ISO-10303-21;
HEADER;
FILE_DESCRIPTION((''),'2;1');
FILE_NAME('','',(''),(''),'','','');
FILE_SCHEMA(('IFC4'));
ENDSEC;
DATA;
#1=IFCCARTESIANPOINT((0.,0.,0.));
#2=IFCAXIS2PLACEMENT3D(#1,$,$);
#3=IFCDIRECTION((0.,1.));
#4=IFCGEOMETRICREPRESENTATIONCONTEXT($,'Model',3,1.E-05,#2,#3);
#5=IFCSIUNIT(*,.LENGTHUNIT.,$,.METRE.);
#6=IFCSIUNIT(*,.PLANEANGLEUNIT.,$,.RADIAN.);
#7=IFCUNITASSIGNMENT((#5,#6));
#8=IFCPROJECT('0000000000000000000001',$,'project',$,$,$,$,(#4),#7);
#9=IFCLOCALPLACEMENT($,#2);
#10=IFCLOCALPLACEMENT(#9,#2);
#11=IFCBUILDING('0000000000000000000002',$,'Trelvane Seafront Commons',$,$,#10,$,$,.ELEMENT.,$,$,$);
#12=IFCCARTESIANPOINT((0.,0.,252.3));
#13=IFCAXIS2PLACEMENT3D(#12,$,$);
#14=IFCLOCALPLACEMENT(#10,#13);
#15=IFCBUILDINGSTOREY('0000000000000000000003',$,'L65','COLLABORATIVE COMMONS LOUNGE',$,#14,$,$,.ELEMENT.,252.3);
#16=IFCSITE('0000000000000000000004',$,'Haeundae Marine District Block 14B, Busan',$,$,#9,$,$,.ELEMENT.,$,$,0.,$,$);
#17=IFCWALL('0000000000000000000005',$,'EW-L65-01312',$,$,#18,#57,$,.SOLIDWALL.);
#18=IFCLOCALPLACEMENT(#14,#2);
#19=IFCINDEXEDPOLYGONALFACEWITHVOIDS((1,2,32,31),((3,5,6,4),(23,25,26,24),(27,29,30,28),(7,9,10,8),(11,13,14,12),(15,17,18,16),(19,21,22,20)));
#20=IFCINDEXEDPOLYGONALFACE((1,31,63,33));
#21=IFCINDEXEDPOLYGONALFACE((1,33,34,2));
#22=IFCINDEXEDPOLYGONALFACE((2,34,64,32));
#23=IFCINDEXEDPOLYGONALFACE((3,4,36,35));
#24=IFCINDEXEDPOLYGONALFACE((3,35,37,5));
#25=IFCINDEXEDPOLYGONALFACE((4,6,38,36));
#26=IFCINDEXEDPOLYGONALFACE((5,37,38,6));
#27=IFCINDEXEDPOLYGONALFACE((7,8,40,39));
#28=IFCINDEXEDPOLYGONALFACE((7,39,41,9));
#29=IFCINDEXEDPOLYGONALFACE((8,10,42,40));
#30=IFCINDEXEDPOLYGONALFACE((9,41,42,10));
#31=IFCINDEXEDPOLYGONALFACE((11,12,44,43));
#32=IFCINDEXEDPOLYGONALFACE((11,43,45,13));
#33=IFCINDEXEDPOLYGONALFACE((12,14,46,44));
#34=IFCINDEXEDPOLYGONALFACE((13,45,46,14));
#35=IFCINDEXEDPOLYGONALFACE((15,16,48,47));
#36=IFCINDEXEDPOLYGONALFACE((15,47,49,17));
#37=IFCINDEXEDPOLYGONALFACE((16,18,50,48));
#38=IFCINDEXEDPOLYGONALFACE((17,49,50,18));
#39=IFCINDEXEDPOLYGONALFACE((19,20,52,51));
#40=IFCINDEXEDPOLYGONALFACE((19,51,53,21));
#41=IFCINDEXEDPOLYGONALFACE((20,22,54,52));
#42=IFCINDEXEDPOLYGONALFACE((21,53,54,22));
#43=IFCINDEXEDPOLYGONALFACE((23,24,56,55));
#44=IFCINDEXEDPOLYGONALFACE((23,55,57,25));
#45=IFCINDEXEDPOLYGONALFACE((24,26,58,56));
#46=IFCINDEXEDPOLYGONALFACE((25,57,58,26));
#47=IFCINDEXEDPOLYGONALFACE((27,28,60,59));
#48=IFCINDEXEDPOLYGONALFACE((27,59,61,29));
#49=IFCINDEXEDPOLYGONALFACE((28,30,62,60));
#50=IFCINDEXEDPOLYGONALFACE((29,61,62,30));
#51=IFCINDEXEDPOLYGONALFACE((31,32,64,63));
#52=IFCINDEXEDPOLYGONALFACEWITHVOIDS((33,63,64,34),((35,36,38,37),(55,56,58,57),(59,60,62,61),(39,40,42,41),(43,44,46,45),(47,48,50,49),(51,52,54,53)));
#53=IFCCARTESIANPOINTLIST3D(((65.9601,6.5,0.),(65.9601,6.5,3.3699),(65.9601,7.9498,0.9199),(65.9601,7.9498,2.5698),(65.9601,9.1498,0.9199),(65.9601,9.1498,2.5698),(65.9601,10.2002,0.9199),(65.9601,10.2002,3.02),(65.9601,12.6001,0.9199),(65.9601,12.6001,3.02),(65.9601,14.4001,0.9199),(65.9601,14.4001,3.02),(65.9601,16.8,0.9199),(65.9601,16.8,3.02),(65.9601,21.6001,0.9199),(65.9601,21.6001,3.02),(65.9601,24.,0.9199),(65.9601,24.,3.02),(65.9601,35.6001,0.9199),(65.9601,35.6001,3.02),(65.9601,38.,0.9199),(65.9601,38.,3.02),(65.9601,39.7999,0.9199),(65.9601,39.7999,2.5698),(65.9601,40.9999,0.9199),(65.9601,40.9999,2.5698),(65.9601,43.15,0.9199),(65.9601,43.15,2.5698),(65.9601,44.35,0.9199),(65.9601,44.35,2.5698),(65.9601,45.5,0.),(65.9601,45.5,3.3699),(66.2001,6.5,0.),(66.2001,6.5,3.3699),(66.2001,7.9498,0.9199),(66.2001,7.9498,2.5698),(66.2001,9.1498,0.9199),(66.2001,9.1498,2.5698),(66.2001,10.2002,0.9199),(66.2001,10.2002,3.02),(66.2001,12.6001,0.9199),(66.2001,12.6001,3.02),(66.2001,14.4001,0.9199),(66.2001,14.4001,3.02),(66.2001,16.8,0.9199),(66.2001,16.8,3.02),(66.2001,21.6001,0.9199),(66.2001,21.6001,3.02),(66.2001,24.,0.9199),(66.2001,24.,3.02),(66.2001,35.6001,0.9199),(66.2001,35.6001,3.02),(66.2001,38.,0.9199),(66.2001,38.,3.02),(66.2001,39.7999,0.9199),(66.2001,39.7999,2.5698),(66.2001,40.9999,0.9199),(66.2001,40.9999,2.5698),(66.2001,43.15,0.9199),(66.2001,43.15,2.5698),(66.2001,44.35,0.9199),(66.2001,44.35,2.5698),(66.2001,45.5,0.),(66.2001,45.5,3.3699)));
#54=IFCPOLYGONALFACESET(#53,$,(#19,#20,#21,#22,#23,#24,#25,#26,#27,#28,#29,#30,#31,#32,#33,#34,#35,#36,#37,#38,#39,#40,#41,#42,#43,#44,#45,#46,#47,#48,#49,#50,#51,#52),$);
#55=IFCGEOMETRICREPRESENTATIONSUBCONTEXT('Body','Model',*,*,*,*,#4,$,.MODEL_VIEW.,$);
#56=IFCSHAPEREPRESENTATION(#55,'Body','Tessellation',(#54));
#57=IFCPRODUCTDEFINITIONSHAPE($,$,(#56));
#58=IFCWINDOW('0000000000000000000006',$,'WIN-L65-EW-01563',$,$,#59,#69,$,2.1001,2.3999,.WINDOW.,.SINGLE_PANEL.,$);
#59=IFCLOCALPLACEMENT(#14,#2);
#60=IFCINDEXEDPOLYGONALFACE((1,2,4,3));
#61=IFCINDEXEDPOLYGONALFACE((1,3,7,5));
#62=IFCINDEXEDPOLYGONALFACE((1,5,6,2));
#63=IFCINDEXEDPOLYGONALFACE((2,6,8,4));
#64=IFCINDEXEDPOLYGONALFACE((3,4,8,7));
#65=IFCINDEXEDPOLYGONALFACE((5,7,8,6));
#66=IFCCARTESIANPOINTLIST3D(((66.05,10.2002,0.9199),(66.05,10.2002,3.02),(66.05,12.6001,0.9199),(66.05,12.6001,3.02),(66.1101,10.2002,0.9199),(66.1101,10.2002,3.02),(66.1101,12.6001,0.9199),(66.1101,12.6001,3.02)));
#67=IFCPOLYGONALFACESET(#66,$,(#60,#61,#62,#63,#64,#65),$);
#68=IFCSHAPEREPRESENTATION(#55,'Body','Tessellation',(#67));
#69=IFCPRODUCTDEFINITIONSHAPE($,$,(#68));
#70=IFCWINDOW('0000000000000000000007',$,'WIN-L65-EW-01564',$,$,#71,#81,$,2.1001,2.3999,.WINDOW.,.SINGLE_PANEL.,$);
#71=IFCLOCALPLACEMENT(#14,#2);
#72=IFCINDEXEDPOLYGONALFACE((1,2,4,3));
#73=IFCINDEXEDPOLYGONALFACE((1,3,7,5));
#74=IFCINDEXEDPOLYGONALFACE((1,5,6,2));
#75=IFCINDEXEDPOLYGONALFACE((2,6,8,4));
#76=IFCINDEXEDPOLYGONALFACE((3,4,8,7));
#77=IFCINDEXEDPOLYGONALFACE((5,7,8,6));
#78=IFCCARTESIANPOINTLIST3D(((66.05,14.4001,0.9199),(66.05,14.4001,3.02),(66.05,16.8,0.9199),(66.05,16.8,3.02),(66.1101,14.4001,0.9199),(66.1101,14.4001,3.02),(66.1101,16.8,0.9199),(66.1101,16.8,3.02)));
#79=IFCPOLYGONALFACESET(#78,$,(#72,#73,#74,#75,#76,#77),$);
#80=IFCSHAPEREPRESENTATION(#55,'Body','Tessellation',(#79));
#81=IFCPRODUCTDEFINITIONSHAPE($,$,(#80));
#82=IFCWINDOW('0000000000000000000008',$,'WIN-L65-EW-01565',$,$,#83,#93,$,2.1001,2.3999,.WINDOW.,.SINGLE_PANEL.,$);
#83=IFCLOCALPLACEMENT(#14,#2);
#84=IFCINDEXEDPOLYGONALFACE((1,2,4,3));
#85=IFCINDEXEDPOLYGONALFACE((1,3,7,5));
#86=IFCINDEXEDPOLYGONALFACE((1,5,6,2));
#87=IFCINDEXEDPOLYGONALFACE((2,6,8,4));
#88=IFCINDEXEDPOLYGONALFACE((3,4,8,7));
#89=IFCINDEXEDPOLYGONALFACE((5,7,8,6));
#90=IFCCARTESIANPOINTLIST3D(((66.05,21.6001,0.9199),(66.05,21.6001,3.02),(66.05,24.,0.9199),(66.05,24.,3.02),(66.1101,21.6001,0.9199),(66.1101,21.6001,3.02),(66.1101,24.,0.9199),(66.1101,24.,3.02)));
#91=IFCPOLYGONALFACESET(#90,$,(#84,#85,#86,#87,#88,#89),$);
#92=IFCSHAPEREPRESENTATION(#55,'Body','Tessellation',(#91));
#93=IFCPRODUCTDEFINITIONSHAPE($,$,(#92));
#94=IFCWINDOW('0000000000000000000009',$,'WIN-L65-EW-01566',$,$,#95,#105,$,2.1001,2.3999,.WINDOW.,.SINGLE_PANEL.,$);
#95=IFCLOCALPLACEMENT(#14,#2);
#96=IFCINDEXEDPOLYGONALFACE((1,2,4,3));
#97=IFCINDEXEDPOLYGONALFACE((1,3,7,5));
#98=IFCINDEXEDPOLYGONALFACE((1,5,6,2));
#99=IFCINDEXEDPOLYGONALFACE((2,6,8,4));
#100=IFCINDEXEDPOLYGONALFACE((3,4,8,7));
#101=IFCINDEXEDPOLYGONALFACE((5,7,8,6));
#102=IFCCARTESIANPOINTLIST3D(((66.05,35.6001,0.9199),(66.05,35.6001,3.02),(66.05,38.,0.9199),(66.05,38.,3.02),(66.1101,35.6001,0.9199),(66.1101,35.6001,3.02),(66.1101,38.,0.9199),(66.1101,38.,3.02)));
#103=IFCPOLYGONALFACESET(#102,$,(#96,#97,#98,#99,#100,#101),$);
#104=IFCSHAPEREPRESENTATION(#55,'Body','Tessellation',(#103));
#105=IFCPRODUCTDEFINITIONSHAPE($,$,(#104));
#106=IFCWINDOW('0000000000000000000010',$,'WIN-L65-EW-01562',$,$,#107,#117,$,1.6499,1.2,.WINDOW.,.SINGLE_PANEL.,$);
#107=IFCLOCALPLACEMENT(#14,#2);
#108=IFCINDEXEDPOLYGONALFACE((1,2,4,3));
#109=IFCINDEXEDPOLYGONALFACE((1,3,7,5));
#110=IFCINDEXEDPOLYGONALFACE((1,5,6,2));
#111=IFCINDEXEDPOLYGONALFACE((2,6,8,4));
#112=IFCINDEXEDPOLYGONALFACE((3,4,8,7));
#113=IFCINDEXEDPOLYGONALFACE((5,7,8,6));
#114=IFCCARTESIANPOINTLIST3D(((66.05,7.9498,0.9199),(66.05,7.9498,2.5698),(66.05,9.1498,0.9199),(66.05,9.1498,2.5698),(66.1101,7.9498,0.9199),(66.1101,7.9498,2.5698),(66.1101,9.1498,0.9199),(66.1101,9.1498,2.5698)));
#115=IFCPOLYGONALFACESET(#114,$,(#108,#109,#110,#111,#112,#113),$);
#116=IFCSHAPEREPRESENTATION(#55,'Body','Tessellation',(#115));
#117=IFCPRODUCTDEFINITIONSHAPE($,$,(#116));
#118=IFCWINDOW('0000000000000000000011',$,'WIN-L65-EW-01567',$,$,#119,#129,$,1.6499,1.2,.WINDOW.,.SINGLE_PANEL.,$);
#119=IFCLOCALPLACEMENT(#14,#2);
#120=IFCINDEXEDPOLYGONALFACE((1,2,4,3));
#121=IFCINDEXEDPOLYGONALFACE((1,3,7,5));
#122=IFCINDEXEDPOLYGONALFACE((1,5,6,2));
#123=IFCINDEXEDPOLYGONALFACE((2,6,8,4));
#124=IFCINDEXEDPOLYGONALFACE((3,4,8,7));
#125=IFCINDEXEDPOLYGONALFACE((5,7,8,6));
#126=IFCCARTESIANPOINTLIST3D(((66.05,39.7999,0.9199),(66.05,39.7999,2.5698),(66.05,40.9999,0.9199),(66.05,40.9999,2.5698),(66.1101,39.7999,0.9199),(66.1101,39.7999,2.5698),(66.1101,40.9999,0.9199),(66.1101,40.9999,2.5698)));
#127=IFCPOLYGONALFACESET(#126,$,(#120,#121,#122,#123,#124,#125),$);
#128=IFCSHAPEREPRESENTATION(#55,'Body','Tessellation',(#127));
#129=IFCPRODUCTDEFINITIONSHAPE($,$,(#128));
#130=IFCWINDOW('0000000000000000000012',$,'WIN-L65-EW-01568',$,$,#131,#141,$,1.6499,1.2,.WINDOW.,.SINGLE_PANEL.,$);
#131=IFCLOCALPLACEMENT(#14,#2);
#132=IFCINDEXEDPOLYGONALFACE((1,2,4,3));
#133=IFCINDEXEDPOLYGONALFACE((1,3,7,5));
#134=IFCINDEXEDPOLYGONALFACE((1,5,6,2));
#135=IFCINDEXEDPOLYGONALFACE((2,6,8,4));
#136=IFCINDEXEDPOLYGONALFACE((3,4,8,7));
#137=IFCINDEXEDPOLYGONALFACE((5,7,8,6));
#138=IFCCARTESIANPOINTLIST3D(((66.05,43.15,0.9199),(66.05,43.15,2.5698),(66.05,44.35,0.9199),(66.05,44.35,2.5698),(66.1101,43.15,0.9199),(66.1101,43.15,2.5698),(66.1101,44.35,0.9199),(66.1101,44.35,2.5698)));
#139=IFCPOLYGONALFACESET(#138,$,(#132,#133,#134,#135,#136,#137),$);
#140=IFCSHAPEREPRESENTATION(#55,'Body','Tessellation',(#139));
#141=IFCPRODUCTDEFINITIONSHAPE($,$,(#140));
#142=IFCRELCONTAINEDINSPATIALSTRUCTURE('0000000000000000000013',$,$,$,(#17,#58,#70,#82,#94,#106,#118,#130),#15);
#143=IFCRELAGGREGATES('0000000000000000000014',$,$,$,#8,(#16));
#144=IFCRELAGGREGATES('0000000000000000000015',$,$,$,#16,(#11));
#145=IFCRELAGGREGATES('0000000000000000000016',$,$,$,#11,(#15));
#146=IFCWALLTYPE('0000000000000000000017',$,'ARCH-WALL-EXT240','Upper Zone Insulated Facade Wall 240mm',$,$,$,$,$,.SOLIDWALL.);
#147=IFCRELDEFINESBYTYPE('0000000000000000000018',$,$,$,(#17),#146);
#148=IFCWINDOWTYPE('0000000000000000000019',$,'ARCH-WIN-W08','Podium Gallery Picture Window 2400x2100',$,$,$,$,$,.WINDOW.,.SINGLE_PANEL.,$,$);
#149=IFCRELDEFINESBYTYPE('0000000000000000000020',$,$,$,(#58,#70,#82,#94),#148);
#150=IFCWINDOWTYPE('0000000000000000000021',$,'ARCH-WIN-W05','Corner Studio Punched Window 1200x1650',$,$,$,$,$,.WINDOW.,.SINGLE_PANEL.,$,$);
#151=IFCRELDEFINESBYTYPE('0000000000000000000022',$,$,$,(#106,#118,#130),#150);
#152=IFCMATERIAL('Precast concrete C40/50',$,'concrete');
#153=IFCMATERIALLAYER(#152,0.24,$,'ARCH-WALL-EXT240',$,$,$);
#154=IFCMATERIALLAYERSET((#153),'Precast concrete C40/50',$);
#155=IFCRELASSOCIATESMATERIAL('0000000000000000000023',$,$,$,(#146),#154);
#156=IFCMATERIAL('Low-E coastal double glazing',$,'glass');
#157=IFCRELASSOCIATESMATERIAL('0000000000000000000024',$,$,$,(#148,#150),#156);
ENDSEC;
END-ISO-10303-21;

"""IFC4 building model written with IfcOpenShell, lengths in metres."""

from ifc_helpers import new_model, si_unit, direction, frame, frame_2d, origin, place, context, subcontext, project, spatial, rectangle, extrude, source, transform, mapped, material, layer, layer_set, type_object, element, fill, save


model = new_model("IFC4")

# Units and contexts
model_context = context("Model", 3, precision=1e-05, world=origin(), true_north=direction((0.0, 1.0)))
body_context = subcontext(model_context, "Body", "Model", "MODEL_VIEW")
ifc_project = project(units=[si_unit("LENGTHUNIT", "METRE"), si_unit("PLANEANGLEUNIT", "RADIAN")], contexts=[model_context])

# Site, building, storey
site_placement = place(None, origin())
site = spatial("IfcSite", under=ifc_project, at=site_placement, Name="Haeundae Marine District Block 14B, Busan", CompositionType="ELEMENT", RefElevation=0.0)
building_placement = place(site_placement, origin())
building = spatial("IfcBuilding", under=site, at=building_placement, Name="Trelvane Seafront Commons", CompositionType="ELEMENT")
storey_placement = place(building_placement, frame((0.0, 0.0, 252.3)))
storey = spatial("IfcBuildingStorey", under=building, at=storey_placement, Name="L65", Description="COLLABORATIVE COMMONS LOUNGE", CompositionType="ELEMENT", Elevation=252.3)

# Shared definitions
ifc_material_1 = material(Name="Low-E coastal double glazing", Category="glass")

# Shared definitions
ifc_material_2 = material(Name="Precast concrete C40/50", Category="concrete")
ifc_layer_1 = layer(ifc_material_2, 0.24, Name="ARCH-WALL-EXT240")
ifc_layer_set_1 = layer_set([ifc_layer_1], Name="Precast concrete C40/50")
wall_type_1 = type_object("IfcWallType", Name="ARCH-WALL-EXT240", Description="Upper Zone Insulated Facade Wall 240mm", PredefinedType="SOLIDWALL", material=ifc_layer_set_1)

# Wall, openings, windows
wall_1_placement = place(storey_placement, frame((66.0801, 45.5, 0.0), z_axis=(0.0, 0.0, 1.0), x_axis=(0.0, -1.0, 0.0)))
wall_1 = element("IfcWall", 1, at=wall_1_placement, inside=storey, type_object=wall_type_1, Name="EW-L65-01312", PredefinedType="SOLIDWALL", context=body_context, shape_type="SweptSolid", body=[
    extrude(rectangle(XDim=39.0, YDim=0.24, at=frame_2d((19.5, 0.0))), origin(), (0.0, 0.0, 1.0), 3.3699),
])
opening_1_placement = place(wall_1_placement, frame((36.3501, 0.0, 0.9199)))
opening_1 = element("IfcOpeningElement", 2, at=opening_1_placement, cuts=wall_1, PredefinedType="OPENING", context=body_context, shape_type="SweptSolid", body=[
    extrude(rectangle(XDim=1.2, YDim=1.6499, at=frame_2d((0.6001, 0.825))), frame((0.0, 0.1299, 0.0), z_axis=(0.0, -1.0, 0.0), x_axis=(1.0, 0.0, 0.0)), (0.0, 0.0, 1.0), 0.26),
])
opening_2_placement = place(wall_1_placement, frame((32.8999, 0.0, 0.9199)))
opening_2 = element("IfcOpeningElement", 3, at=opening_2_placement, cuts=wall_1, PredefinedType="OPENING", context=body_context, shape_type="SweptSolid", body=[
    extrude(rectangle(XDim=2.3999, YDim=2.1001, at=frame_2d((1.2, 1.05))), frame((0.0, 0.1299, 0.0), z_axis=(0.0, -1.0, 0.0), x_axis=(1.0, 0.0, 0.0)), (0.0, 0.0, 1.0), 0.26),
])
opening_3_placement = place(wall_1_placement, frame((28.7, 0.0, 0.9199)))
opening_3 = element("IfcOpeningElement", 4, at=opening_3_placement, cuts=wall_1, PredefinedType="OPENING", context=body_context, shape_type="SweptSolid", body=[
    extrude(rectangle(XDim=2.3999, YDim=2.1001, at=frame_2d((1.2, 1.05))), frame((0.0, 0.1299, 0.0), z_axis=(0.0, -1.0, 0.0), x_axis=(1.0, 0.0, 0.0)), (0.0, 0.0, 1.0), 0.26),
])
opening_4_placement = place(wall_1_placement, frame((21.5, 0.0, 0.9199)))
opening_4 = element("IfcOpeningElement", 5, at=opening_4_placement, cuts=wall_1, PredefinedType="OPENING", context=body_context, shape_type="SweptSolid", body=[
    extrude(rectangle(XDim=2.3999, YDim=2.1001, at=frame_2d((1.2, 1.05))), frame((0.0, 0.1299, 0.0), z_axis=(0.0, -1.0, 0.0), x_axis=(1.0, 0.0, 0.0)), (0.0, 0.0, 1.0), 0.26),
])
opening_5_placement = place(wall_1_placement, frame((7.5, 0.0, 0.9199)))
opening_5 = element("IfcOpeningElement", 6, at=opening_5_placement, cuts=wall_1, PredefinedType="OPENING", context=body_context, shape_type="SweptSolid", body=[
    extrude(rectangle(XDim=2.3999, YDim=2.1001, at=frame_2d((1.2, 1.05))), frame((0.0, 0.1299, 0.0), z_axis=(0.0, -1.0, 0.0), x_axis=(1.0, 0.0, 0.0)), (0.0, 0.0, 1.0), 0.26),
])
opening_6_placement = place(wall_1_placement, frame((4.5, 0.0, 0.9199)))
opening_6 = element("IfcOpeningElement", 7, at=opening_6_placement, cuts=wall_1, PredefinedType="OPENING", context=body_context, shape_type="SweptSolid", body=[
    extrude(rectangle(XDim=1.2, YDim=1.6499, at=frame_2d((0.6001, 0.825))), frame((0.0, 0.1299, 0.0), z_axis=(0.0, -1.0, 0.0), x_axis=(1.0, 0.0, 0.0)), (0.0, 0.0, 1.0), 0.26),
])
opening_7_placement = place(wall_1_placement, frame((1.1499, 0.0, 0.9199)))
opening_7 = element("IfcOpeningElement", 8, at=opening_7_placement, cuts=wall_1, PredefinedType="OPENING", context=body_context, shape_type="SweptSolid", body=[
    extrude(rectangle(XDim=1.2, YDim=1.6499, at=frame_2d((0.6001, 0.825))), frame((0.0, 0.1299, 0.0), z_axis=(0.0, -1.0, 0.0), x_axis=(1.0, 0.0, 0.0)), (0.0, 0.0, 1.0), 0.26),
])
window_type_1 = type_object("IfcWindowType", Name="ARCH-WIN-W08", Description="Podium Gallery Picture Window 2400x2100", PartitioningType="SINGLE_PANEL", PredefinedType="WINDOW", material=ifc_material_1)
shared_shape_1 = source(origin(), body_context, "Body", "SweptSolid", [
    extrude(rectangle(XDim=2.3999, YDim=2.1001, at=frame_2d((1.2, 1.05))), frame((0.0, 0.03, 0.0), z_axis=(0.0, -1.0, 0.0), x_axis=(1.0, 0.0, 0.0)), (0.0, 0.0, 1.0), 0.0601),
])
window_1_placement = place(opening_2_placement, origin())
window_1 = element("IfcWindow", 9, at=window_1_placement, inside=storey, type_object=window_type_1, Name="WIN-L65-EW-01563", OverallHeight=2.1001, OverallWidth=2.3999, PartitioningType="SINGLE_PANEL", PredefinedType="WINDOW", context=body_context, shape_type="MappedRepresentation", body=[
    mapped(shared_shape_1, transform((0.0, 0.0, 0.0), x_axis=(1.0, 0.0, 0.0), y_axis=(0.0, 1.0, 0.0), z_axis=(0.0, 0.0, 1.0), scale=1.0)),
])
fill(opening_2, window_1)
window_2_placement = place(opening_3_placement, origin())
window_2 = element("IfcWindow", 10, at=window_2_placement, inside=storey, type_object=window_type_1, Name="WIN-L65-EW-01564", OverallHeight=2.1001, OverallWidth=2.3999, PartitioningType="SINGLE_PANEL", PredefinedType="WINDOW", context=body_context, shape_type="MappedRepresentation", body=[
    mapped(shared_shape_1, transform((0.0, 0.0, 0.0), x_axis=(1.0, 0.0, 0.0), y_axis=(0.0, 1.0, 0.0), z_axis=(0.0, 0.0, 1.0), scale=1.0)),
])
fill(opening_3, window_2)
window_3_placement = place(opening_4_placement, origin())
window_3 = element("IfcWindow", 11, at=window_3_placement, inside=storey, type_object=window_type_1, Name="WIN-L65-EW-01565", OverallHeight=2.1001, OverallWidth=2.3999, PartitioningType="SINGLE_PANEL", PredefinedType="WINDOW", context=body_context, shape_type="MappedRepresentation", body=[
    mapped(shared_shape_1, transform((0.0, 0.0, 0.0), x_axis=(1.0, 0.0, 0.0), y_axis=(0.0, 1.0, 0.0), z_axis=(0.0, 0.0, 1.0), scale=1.0)),
])
fill(opening_4, window_3)
window_4_placement = place(opening_5_placement, origin())
window_4 = element("IfcWindow", 12, at=window_4_placement, inside=storey, type_object=window_type_1, Name="WIN-L65-EW-01566", OverallHeight=2.1001, OverallWidth=2.3999, PartitioningType="SINGLE_PANEL", PredefinedType="WINDOW", context=body_context, shape_type="MappedRepresentation", body=[
    mapped(shared_shape_1, transform((0.0, 0.0, 0.0), x_axis=(1.0, 0.0, 0.0), y_axis=(0.0, 1.0, 0.0), z_axis=(0.0, 0.0, 1.0), scale=1.0)),
])
fill(opening_5, window_4)
window_type_2 = type_object("IfcWindowType", Name="ARCH-WIN-W05", Description="Corner Studio Punched Window 1200x1650", PartitioningType="SINGLE_PANEL", PredefinedType="WINDOW", material=ifc_material_1)
shared_shape_2 = source(origin(), body_context, "Body", "SweptSolid", [
    extrude(rectangle(XDim=1.2, YDim=1.6499, at=frame_2d((0.6001, 0.825))), frame((0.0, 0.03, 0.0), z_axis=(0.0, -1.0, 0.0), x_axis=(1.0, 0.0, 0.0)), (0.0, 0.0, 1.0), 0.0601),
])
window_5_placement = place(opening_1_placement, origin())
window_5 = element("IfcWindow", 13, at=window_5_placement, inside=storey, type_object=window_type_2, Name="WIN-L65-EW-01562", OverallHeight=1.6499, OverallWidth=1.2, PartitioningType="SINGLE_PANEL", PredefinedType="WINDOW", context=body_context, shape_type="MappedRepresentation", body=[
    mapped(shared_shape_2, transform((0.0, 0.0, 0.0), x_axis=(1.0, 0.0, 0.0), y_axis=(0.0, 1.0, 0.0), z_axis=(0.0, 0.0, 1.0), scale=1.0)),
])
fill(opening_1, window_5)
window_6_placement = place(opening_6_placement, origin())
window_6 = element("IfcWindow", 14, at=window_6_placement, inside=storey, type_object=window_type_2, Name="WIN-L65-EW-01567", OverallHeight=1.6499, OverallWidth=1.2, PartitioningType="SINGLE_PANEL", PredefinedType="WINDOW", context=body_context, shape_type="MappedRepresentation", body=[
    mapped(shared_shape_2, transform((0.0, 0.0, 0.0), x_axis=(1.0, 0.0, 0.0), y_axis=(0.0, 1.0, 0.0), z_axis=(0.0, 0.0, 1.0), scale=1.0)),
])
fill(opening_6, window_6)
window_7_placement = place(opening_7_placement, origin())
window_7 = element("IfcWindow", 15, at=window_7_placement, inside=storey, type_object=window_type_2, Name="WIN-L65-EW-01568", OverallHeight=1.6499, OverallWidth=1.2, PartitioningType="SINGLE_PANEL", PredefinedType="WINDOW", context=body_context, shape_type="MappedRepresentation", body=[
    mapped(shared_shape_2, transform((0.0, 0.0, 0.0), x_axis=(1.0, 0.0, 0.0), y_axis=(0.0, 1.0, 0.0), z_axis=(0.0, 0.0, 1.0), scale=1.0)),
])
fill(opening_7, window_7)

save(model, "model.ifc")
